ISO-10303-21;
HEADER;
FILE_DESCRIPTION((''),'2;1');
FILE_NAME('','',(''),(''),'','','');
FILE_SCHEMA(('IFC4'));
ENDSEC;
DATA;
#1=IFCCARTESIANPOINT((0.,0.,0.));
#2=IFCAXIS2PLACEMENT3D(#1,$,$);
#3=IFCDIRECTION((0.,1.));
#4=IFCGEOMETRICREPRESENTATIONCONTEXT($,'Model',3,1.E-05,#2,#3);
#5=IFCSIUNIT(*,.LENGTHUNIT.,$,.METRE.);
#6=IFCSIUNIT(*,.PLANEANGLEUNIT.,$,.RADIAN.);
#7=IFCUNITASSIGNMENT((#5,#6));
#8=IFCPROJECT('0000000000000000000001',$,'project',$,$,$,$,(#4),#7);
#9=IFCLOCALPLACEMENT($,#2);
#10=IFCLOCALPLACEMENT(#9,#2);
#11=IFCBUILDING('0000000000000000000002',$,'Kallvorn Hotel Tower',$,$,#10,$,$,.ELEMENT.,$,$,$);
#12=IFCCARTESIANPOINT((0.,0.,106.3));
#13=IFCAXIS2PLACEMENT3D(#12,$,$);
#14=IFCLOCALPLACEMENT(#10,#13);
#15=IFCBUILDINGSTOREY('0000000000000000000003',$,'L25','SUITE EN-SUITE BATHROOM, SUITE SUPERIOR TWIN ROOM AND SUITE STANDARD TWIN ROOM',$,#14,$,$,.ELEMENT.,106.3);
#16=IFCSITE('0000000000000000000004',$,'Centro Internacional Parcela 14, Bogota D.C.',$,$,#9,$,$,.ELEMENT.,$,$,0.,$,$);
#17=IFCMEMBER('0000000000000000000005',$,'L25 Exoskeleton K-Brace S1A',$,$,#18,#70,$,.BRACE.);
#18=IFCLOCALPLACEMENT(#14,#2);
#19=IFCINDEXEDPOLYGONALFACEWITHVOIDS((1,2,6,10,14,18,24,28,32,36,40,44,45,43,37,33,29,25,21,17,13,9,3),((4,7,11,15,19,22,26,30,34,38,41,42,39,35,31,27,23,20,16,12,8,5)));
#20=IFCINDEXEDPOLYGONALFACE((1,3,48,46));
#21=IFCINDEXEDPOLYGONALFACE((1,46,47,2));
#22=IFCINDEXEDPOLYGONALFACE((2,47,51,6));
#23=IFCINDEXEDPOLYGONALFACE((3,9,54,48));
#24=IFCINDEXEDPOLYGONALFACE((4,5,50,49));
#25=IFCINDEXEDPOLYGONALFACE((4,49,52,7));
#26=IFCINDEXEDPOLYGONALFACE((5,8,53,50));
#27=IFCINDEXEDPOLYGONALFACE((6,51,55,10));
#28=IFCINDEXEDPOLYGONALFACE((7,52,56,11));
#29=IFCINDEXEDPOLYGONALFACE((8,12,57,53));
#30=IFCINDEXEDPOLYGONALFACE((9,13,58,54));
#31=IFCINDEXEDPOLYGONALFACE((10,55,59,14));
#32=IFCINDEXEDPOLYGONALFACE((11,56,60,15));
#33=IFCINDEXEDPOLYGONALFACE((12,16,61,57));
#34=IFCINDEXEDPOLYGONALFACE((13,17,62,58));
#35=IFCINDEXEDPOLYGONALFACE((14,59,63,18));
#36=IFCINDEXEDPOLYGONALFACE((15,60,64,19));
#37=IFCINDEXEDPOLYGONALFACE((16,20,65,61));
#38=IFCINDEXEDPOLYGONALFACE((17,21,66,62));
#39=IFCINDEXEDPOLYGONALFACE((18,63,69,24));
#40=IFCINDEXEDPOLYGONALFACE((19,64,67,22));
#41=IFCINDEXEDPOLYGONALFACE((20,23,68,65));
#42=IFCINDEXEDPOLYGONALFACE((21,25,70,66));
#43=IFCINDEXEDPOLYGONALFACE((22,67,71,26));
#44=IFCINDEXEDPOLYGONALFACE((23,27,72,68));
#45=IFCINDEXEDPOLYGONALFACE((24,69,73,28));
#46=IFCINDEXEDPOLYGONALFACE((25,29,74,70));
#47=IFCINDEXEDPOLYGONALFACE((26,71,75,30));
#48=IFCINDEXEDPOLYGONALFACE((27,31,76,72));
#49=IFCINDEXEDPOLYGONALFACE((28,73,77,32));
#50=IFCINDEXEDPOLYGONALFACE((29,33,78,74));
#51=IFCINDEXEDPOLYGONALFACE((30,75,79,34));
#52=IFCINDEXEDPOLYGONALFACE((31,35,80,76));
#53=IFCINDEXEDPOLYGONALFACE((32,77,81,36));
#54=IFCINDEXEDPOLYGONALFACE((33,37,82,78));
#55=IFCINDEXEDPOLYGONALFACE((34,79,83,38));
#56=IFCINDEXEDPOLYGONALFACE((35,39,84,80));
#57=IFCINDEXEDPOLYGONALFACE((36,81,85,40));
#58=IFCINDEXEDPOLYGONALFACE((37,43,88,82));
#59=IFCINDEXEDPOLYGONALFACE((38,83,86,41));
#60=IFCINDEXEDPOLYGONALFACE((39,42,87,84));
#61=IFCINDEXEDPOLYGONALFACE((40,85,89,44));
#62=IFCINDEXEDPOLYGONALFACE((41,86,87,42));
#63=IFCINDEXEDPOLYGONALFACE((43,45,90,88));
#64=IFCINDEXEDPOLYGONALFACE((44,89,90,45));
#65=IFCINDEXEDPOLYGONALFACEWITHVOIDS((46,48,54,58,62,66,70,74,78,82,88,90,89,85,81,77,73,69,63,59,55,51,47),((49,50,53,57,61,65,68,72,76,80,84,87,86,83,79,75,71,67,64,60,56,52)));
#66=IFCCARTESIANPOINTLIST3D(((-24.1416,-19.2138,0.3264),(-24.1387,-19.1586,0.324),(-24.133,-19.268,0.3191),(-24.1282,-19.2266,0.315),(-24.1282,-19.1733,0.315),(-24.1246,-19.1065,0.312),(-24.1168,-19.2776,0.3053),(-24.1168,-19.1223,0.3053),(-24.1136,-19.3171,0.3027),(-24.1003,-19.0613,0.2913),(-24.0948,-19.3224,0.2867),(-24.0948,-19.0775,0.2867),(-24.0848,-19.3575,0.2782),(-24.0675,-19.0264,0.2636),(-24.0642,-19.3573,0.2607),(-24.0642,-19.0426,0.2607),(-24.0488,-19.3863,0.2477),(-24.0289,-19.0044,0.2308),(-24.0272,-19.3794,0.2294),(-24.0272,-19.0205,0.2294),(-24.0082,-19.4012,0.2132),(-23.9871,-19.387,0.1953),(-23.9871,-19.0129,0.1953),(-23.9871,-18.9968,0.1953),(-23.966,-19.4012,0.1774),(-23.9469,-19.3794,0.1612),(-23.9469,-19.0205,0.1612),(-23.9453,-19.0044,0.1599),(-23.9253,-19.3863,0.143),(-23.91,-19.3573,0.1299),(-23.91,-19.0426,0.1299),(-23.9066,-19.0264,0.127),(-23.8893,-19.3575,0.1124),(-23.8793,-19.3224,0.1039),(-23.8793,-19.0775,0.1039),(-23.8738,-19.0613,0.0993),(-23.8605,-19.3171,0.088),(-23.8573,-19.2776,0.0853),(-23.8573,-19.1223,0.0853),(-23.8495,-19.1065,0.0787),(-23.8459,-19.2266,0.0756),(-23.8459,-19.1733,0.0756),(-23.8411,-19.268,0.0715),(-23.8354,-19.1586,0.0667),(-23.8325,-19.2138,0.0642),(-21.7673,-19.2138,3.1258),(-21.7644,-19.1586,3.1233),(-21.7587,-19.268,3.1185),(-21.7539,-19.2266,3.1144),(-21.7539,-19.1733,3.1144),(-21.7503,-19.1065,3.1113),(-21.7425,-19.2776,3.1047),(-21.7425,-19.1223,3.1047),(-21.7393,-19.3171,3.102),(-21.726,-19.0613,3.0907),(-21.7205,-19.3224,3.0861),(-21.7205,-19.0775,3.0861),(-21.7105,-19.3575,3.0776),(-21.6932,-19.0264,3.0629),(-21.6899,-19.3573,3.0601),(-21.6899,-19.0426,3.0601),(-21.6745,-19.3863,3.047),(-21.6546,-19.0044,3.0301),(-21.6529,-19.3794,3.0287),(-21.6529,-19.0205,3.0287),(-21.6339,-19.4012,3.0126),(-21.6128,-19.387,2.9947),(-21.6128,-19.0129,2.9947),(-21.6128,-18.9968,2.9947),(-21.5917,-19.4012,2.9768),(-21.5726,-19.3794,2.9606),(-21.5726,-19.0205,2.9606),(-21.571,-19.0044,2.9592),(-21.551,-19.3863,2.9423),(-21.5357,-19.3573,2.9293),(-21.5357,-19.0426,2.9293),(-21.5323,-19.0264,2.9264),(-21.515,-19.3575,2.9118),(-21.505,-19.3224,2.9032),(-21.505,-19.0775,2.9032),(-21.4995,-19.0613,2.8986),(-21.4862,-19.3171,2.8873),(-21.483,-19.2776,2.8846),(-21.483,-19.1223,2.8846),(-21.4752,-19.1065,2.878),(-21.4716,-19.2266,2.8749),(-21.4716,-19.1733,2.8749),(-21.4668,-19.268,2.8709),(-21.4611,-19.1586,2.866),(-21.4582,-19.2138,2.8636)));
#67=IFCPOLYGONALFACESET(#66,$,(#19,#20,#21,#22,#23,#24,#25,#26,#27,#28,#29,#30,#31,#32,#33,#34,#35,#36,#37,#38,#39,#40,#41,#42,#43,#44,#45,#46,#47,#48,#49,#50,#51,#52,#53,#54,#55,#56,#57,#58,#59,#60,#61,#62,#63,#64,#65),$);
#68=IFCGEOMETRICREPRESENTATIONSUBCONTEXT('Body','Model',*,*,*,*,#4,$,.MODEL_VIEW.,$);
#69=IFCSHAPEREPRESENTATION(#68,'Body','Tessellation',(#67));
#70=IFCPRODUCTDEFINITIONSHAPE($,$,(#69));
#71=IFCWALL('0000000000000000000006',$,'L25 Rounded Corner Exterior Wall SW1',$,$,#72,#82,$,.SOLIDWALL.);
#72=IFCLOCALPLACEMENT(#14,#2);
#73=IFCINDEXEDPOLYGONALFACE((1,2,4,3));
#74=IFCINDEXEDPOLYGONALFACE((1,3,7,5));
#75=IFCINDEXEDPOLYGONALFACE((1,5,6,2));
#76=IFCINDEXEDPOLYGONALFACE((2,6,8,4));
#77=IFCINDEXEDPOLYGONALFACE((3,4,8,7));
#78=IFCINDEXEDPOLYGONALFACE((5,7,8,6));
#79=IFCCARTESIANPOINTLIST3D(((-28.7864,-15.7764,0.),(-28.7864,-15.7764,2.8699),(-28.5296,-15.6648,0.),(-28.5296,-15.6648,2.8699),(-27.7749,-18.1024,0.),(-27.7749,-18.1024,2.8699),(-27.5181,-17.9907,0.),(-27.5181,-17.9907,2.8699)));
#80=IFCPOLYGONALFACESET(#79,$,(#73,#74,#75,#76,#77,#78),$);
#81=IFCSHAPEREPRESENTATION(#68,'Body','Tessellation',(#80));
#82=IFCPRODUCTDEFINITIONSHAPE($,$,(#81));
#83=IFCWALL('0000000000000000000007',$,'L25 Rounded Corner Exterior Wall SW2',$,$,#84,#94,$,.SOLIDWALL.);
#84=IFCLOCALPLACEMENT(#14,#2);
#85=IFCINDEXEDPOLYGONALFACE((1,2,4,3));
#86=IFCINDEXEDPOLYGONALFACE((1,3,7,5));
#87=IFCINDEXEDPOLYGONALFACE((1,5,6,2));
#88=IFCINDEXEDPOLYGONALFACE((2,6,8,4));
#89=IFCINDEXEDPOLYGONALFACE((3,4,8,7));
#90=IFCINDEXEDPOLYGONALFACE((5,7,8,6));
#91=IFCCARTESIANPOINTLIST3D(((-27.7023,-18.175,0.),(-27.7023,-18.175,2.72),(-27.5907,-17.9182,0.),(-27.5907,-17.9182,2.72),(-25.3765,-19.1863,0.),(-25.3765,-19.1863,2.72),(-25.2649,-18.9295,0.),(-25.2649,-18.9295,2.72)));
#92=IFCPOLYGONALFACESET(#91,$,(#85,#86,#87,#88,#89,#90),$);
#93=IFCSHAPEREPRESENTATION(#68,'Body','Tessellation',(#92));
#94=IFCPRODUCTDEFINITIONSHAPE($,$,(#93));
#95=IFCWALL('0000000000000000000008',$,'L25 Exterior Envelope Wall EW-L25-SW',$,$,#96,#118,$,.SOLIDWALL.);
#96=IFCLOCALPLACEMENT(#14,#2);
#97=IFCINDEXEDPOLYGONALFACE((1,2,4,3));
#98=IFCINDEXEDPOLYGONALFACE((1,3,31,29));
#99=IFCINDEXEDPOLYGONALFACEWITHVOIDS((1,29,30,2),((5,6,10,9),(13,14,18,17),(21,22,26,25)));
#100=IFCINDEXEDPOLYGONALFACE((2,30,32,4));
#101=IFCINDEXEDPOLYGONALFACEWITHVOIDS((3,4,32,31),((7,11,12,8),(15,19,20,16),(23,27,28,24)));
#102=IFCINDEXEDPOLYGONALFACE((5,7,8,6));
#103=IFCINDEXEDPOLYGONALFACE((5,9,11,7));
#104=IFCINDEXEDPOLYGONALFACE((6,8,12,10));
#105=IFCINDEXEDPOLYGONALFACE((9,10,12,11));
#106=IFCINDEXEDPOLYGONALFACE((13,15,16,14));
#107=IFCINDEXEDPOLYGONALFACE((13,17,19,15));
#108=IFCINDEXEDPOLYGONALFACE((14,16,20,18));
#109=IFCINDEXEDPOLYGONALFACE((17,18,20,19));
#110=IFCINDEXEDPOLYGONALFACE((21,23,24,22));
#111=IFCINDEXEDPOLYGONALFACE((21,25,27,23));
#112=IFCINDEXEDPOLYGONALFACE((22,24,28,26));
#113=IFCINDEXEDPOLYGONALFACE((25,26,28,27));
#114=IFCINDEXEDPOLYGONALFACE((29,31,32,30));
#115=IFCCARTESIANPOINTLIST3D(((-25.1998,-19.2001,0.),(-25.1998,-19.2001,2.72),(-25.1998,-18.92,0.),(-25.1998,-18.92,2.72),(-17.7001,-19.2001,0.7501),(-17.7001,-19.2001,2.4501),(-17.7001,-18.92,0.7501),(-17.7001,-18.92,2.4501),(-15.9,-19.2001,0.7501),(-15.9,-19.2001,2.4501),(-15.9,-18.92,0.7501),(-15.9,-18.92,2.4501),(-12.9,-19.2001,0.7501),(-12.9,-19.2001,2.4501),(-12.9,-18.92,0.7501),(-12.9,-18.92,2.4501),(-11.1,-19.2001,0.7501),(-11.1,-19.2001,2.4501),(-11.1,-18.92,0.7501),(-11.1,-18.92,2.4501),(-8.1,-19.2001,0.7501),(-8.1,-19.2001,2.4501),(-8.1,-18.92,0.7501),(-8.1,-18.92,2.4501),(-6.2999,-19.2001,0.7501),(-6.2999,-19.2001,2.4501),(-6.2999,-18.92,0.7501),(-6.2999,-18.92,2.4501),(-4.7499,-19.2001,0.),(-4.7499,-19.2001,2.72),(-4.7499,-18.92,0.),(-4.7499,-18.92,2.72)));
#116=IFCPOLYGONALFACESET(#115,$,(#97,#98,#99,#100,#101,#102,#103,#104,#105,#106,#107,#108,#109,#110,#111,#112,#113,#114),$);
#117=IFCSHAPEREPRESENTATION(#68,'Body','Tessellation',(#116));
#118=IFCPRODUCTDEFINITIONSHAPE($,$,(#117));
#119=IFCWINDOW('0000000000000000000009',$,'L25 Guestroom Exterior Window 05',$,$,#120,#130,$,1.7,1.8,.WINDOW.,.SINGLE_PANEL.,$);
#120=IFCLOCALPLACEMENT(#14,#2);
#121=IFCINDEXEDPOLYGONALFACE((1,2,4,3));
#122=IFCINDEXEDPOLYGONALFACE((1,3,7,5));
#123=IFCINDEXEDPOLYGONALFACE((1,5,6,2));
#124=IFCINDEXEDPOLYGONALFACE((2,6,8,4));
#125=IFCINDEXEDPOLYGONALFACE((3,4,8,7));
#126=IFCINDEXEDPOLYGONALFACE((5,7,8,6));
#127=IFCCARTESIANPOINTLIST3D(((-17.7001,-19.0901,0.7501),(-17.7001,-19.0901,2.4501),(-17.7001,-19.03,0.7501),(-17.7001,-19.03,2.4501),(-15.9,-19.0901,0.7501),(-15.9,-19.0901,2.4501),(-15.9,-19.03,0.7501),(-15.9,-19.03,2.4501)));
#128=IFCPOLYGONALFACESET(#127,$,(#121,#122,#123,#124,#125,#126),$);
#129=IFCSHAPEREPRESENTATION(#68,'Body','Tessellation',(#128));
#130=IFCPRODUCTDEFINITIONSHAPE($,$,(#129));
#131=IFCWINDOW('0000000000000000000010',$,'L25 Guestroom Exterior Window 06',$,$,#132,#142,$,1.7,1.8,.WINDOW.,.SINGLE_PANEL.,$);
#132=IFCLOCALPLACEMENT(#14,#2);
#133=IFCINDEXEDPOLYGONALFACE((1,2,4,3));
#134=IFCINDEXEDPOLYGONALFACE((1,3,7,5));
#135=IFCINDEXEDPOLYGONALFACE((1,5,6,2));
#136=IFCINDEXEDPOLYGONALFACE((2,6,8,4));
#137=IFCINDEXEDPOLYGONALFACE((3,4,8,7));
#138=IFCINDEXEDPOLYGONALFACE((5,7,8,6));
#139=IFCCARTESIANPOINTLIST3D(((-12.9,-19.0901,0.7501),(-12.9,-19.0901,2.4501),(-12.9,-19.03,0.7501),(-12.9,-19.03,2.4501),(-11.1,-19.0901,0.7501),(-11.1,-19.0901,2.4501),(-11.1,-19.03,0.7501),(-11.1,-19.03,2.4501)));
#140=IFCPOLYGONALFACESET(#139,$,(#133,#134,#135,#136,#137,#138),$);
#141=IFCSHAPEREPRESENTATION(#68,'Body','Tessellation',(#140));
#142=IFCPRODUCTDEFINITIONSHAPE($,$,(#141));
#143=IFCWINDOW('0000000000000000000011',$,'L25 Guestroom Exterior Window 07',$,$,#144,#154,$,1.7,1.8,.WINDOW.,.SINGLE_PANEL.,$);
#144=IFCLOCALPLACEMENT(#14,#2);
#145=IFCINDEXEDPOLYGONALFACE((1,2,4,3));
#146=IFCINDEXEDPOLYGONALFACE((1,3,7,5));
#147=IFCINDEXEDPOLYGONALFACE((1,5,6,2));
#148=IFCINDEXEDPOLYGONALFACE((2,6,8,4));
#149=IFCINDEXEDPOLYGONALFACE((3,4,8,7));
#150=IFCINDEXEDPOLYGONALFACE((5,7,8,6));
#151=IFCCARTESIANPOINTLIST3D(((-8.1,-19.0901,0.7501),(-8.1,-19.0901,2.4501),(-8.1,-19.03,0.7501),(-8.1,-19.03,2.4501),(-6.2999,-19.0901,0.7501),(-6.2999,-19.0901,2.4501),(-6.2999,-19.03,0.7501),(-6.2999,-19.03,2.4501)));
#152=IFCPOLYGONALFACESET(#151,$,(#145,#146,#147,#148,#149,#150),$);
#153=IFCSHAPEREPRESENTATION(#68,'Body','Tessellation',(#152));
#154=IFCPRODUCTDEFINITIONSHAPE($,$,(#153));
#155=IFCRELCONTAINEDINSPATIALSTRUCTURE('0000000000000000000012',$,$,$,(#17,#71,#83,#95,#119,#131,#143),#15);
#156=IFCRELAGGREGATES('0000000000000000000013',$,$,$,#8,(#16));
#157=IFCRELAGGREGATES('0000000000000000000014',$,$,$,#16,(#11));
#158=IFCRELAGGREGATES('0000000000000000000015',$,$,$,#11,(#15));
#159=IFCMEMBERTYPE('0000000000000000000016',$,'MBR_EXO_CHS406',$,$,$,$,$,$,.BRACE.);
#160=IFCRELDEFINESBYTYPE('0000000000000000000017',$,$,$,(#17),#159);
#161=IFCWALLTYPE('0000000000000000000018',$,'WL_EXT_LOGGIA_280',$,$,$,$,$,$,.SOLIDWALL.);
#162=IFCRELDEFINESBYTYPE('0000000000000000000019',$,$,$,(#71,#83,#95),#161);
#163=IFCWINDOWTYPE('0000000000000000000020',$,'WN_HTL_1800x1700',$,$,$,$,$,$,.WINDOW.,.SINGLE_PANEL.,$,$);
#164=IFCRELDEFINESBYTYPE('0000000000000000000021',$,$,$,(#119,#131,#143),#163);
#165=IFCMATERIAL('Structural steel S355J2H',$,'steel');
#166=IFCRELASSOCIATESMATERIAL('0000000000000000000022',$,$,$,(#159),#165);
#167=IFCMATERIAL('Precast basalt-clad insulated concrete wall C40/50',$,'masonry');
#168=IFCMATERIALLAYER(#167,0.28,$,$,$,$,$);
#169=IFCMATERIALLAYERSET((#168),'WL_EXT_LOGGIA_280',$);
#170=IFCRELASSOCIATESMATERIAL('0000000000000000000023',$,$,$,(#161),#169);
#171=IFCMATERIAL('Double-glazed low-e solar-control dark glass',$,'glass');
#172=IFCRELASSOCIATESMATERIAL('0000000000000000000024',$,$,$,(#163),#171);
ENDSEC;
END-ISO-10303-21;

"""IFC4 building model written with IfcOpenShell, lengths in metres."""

from ifc_helpers import new_model, si_unit, direction, frame, frame_2d, origin, origin_2d, place, context, subcontext, project, spatial, rectangle, hollow_circle, extrude, material, layer, layer_set, material_profile, profile_set, type_object, element, fill, save


model = new_model("IFC4")

# Units and contexts
model_context = context("Model", 3, precision=1e-05, world=origin(), true_north=direction((0.0, 1.0)))
body_context = subcontext(model_context, "Body", "Model", "MODEL_VIEW")
ifc_project = project(units=[si_unit("LENGTHUNIT", "METRE"), si_unit("PLANEANGLEUNIT", "RADIAN")], contexts=[model_context])

# Site, building, storey
site_placement = place(None, origin())
site = spatial("IfcSite", under=ifc_project, at=site_placement, Name="Centro Internacional Parcela 14, Bogota D.C.", CompositionType="ELEMENT", RefElevation=0.0)
building_placement = place(site_placement, origin())
building = spatial("IfcBuilding", under=site, at=building_placement, Name="Kallvorn Hotel Tower", CompositionType="ELEMENT")
storey_placement = place(building_placement, frame((0.0, 0.0, 106.3)))
storey = spatial("IfcBuildingStorey", under=building, at=storey_placement, Name="L25", Description="SUITE EN-SUITE BATHROOM, SUITE SUPERIOR TWIN ROOM AND SUITE STANDARD TWIN ROOM", CompositionType="ELEMENT", Elevation=106.3)

# Member
ifc_material_1 = material(Name="Structural steel S355J2H", Category="steel")
ifc_material_profile_1 = material_profile(ifc_material_1, hollow_circle(Radius=0.2031, WallThickness=0.0161, at=origin_2d()), Name="CHS 406.4x16")
ifc_profile_set_1 = profile_set([ifc_material_profile_1], Name="Structural steel S355J2H")
member_type = type_object("IfcMemberType", Name="MBR_EXO_CHS406", PredefinedType="BRACE", material=ifc_profile_set_1)
member_placement = place(storey_placement, frame((-23.9871, -19.2, 0.1953), z_axis=(0.646833, 0.0, 0.762631), x_axis=(0.0, 1.0, 0.0)))
element("IfcMember", 1, at=member_placement, inside=storey, type_object=member_type, Name="L25 Exoskeleton K-Brace S1A", PredefinedType="BRACE", context=body_context, shape_type="SweptSolid", body=[
    extrude(hollow_circle(Radius=0.2031, WallThickness=0.0161, at=origin_2d()), origin(), (0.0, 0.0, 1.0), 3.6707),
])

# Walls
ifc_material_2 = material(Name="Precast basalt-clad insulated concrete wall C40/50", Category="masonry")
ifc_layer = layer(ifc_material_2, 0.28)
ifc_layer_set = layer_set([ifc_layer], Name="WL_EXT_LOGGIA_280")
wall_type = type_object("IfcWallType", Name="WL_EXT_LOGGIA_280", PredefinedType="SOLIDWALL", material=ifc_layer_set)
wall_1_placement = place(storey_placement, frame((-28.658, -15.7207, 0.0), z_axis=(0.0, 0.0, 1.0), x_axis=(0.398793, -0.917041, 0.0)))
element("IfcWall", 2, at=wall_1_placement, inside=storey, type_object=wall_type, Name="L25 Rounded Corner Exterior Wall SW1", PredefinedType="SOLIDWALL", context=body_context, shape_type="SweptSolid", body=[
    extrude(rectangle(XDim=2.5364, YDim=0.28, at=frame_2d((1.2681, 0.0))), origin(), (0.0, 0.0, 1.0), 2.8699),
])
wall_2_placement = place(storey_placement, frame((-27.6465, -18.0466, 0.0), z_axis=(0.0, 0.0, 1.0), x_axis=(0.917061, -0.398747, 0.0)))
element("IfcWall", 3, at=wall_2_placement, inside=storey, type_object=wall_type, Name="L25 Rounded Corner Exterior Wall SW2", PredefinedType="SOLIDWALL", context=body_context, shape_type="SweptSolid", body=[
    extrude(rectangle(XDim=2.5361, YDim=0.28, at=frame_2d((1.2681, 0.0))), origin(), (0.0, 0.0, 1.0), 2.72),
])

# Wall, openings, windows
wall_3_placement = place(storey_placement, frame((-25.2, -19.0601, 0.0), z_axis=(0.0, 0.0, 1.0), x_axis=(1.0, 0.0, 0.0)))
wall_3 = element("IfcWall", 4, at=wall_3_placement, inside=storey, type_object=wall_type, Name="L25 Exterior Envelope Wall EW-L25-SW", PredefinedType="SOLIDWALL", context=body_context, shape_type="SweptSolid", body=[
    extrude(rectangle(XDim=20.45, YDim=0.28, at=frame_2d((10.2251, 0.0))), origin(), (0.0, 0.0, 1.0), 2.72),
])
opening_1_placement = place(wall_3_placement, frame((7.5, 0.0, 0.75)))
opening_1 = element("IfcOpeningElement", 5, at=opening_1_placement, cuts=wall_3, PredefinedType="OPENING", context=body_context, shape_type="SweptSolid", body=[
    extrude(rectangle(XDim=1.8, YDim=1.7, at=frame_2d((0.8999, 0.8501))), frame((0.0, 0.155, 0.0), z_axis=(0.0, -1.0, 0.0), x_axis=(1.0, 0.0, 0.0)), (0.0, 0.0, 1.0), 0.3101),
])
opening_2_placement = place(wall_3_placement, frame((12.3, 0.0, 0.75)))
opening_2 = element("IfcOpeningElement", 6, at=opening_2_placement, cuts=wall_3, PredefinedType="OPENING", context=body_context, shape_type="SweptSolid", body=[
    extrude(rectangle(XDim=1.8, YDim=1.7, at=frame_2d((0.8999, 0.8501))), frame((0.0, 0.155, 0.0), z_axis=(0.0, -1.0, 0.0), x_axis=(1.0, 0.0, 0.0)), (0.0, 0.0, 1.0), 0.3101),
])
opening_3_placement = place(wall_3_placement, frame((17.1001, 0.0, 0.75)))
opening_3 = element("IfcOpeningElement", 7, at=opening_3_placement, cuts=wall_3, PredefinedType="OPENING", context=body_context, shape_type="SweptSolid", body=[
    extrude(rectangle(XDim=1.8, YDim=1.7, at=frame_2d((0.8999, 0.8501))), frame((0.0, 0.155, 0.0), z_axis=(0.0, -1.0, 0.0), x_axis=(1.0, 0.0, 0.0)), (0.0, 0.0, 1.0), 0.3101),
])
ifc_material_3 = material(Name="Double-glazed low-e solar-control dark glass", Category="glass")
window_type_1 = type_object("IfcWindowType", Name="WN_HTL_1800x1700", PartitioningType="SINGLE_PANEL", PredefinedType="WINDOW", material=ifc_material_3)
window_1_placement = place(opening_1_placement, origin())
window_1 = element("IfcWindow", 8, at=window_1_placement, inside=storey, type_object=window_type_1, Name="L25 Guestroom Exterior Window 05", OverallHeight=1.7, OverallWidth=1.8, PartitioningType="SINGLE_PANEL", PredefinedType="WINDOW", context=body_context, shape_type="SweptSolid", body=[
    extrude(rectangle(XDim=1.8, YDim=1.7, at=frame_2d((0.8999, 0.8501))), frame((0.0, 0.03, 0.0), z_axis=(0.0, -1.0, 0.0), x_axis=(1.0, 0.0, 0.0)), (0.0, 0.0, 1.0), 0.0601),
])
fill(opening_1, window_1)
window_2_placement = place(opening_2_placement, origin())
window_2 = element("IfcWindow", 9, at=window_2_placement, inside=storey, type_object=window_type_1, Name="L25 Guestroom Exterior Window 06", OverallHeight=1.7, OverallWidth=1.8, PartitioningType="SINGLE_PANEL", PredefinedType="WINDOW", context=body_context, shape_type="SweptSolid", body=[
    extrude(rectangle(XDim=1.8, YDim=1.7, at=frame_2d((0.8999, 0.8501))), frame((0.0, 0.03, 0.0), z_axis=(0.0, -1.0, 0.0), x_axis=(1.0, 0.0, 0.0)), (0.0, 0.0, 1.0), 0.0601),
])
fill(opening_2, window_2)
window_3_placement = place(opening_3_placement, origin())
window_3 = element("IfcWindow", 10, at=window_3_placement, inside=storey, type_object=window_type_1, Name="L25 Guestroom Exterior Window 07", OverallHeight=1.7, OverallWidth=1.8, PartitioningType="SINGLE_PANEL", PredefinedType="WINDOW", context=body_context, shape_type="SweptSolid", body=[
    extrude(rectangle(XDim=1.8, YDim=1.7, at=frame_2d((0.8999, 0.8501))), frame((0.0, 0.03, 0.0), z_axis=(0.0, -1.0, 0.0), x_axis=(1.0, 0.0, 0.0)), (0.0, 0.0, 1.0), 0.0601),
])
fill(opening_3, window_3)

save(model, "model.ifc")
